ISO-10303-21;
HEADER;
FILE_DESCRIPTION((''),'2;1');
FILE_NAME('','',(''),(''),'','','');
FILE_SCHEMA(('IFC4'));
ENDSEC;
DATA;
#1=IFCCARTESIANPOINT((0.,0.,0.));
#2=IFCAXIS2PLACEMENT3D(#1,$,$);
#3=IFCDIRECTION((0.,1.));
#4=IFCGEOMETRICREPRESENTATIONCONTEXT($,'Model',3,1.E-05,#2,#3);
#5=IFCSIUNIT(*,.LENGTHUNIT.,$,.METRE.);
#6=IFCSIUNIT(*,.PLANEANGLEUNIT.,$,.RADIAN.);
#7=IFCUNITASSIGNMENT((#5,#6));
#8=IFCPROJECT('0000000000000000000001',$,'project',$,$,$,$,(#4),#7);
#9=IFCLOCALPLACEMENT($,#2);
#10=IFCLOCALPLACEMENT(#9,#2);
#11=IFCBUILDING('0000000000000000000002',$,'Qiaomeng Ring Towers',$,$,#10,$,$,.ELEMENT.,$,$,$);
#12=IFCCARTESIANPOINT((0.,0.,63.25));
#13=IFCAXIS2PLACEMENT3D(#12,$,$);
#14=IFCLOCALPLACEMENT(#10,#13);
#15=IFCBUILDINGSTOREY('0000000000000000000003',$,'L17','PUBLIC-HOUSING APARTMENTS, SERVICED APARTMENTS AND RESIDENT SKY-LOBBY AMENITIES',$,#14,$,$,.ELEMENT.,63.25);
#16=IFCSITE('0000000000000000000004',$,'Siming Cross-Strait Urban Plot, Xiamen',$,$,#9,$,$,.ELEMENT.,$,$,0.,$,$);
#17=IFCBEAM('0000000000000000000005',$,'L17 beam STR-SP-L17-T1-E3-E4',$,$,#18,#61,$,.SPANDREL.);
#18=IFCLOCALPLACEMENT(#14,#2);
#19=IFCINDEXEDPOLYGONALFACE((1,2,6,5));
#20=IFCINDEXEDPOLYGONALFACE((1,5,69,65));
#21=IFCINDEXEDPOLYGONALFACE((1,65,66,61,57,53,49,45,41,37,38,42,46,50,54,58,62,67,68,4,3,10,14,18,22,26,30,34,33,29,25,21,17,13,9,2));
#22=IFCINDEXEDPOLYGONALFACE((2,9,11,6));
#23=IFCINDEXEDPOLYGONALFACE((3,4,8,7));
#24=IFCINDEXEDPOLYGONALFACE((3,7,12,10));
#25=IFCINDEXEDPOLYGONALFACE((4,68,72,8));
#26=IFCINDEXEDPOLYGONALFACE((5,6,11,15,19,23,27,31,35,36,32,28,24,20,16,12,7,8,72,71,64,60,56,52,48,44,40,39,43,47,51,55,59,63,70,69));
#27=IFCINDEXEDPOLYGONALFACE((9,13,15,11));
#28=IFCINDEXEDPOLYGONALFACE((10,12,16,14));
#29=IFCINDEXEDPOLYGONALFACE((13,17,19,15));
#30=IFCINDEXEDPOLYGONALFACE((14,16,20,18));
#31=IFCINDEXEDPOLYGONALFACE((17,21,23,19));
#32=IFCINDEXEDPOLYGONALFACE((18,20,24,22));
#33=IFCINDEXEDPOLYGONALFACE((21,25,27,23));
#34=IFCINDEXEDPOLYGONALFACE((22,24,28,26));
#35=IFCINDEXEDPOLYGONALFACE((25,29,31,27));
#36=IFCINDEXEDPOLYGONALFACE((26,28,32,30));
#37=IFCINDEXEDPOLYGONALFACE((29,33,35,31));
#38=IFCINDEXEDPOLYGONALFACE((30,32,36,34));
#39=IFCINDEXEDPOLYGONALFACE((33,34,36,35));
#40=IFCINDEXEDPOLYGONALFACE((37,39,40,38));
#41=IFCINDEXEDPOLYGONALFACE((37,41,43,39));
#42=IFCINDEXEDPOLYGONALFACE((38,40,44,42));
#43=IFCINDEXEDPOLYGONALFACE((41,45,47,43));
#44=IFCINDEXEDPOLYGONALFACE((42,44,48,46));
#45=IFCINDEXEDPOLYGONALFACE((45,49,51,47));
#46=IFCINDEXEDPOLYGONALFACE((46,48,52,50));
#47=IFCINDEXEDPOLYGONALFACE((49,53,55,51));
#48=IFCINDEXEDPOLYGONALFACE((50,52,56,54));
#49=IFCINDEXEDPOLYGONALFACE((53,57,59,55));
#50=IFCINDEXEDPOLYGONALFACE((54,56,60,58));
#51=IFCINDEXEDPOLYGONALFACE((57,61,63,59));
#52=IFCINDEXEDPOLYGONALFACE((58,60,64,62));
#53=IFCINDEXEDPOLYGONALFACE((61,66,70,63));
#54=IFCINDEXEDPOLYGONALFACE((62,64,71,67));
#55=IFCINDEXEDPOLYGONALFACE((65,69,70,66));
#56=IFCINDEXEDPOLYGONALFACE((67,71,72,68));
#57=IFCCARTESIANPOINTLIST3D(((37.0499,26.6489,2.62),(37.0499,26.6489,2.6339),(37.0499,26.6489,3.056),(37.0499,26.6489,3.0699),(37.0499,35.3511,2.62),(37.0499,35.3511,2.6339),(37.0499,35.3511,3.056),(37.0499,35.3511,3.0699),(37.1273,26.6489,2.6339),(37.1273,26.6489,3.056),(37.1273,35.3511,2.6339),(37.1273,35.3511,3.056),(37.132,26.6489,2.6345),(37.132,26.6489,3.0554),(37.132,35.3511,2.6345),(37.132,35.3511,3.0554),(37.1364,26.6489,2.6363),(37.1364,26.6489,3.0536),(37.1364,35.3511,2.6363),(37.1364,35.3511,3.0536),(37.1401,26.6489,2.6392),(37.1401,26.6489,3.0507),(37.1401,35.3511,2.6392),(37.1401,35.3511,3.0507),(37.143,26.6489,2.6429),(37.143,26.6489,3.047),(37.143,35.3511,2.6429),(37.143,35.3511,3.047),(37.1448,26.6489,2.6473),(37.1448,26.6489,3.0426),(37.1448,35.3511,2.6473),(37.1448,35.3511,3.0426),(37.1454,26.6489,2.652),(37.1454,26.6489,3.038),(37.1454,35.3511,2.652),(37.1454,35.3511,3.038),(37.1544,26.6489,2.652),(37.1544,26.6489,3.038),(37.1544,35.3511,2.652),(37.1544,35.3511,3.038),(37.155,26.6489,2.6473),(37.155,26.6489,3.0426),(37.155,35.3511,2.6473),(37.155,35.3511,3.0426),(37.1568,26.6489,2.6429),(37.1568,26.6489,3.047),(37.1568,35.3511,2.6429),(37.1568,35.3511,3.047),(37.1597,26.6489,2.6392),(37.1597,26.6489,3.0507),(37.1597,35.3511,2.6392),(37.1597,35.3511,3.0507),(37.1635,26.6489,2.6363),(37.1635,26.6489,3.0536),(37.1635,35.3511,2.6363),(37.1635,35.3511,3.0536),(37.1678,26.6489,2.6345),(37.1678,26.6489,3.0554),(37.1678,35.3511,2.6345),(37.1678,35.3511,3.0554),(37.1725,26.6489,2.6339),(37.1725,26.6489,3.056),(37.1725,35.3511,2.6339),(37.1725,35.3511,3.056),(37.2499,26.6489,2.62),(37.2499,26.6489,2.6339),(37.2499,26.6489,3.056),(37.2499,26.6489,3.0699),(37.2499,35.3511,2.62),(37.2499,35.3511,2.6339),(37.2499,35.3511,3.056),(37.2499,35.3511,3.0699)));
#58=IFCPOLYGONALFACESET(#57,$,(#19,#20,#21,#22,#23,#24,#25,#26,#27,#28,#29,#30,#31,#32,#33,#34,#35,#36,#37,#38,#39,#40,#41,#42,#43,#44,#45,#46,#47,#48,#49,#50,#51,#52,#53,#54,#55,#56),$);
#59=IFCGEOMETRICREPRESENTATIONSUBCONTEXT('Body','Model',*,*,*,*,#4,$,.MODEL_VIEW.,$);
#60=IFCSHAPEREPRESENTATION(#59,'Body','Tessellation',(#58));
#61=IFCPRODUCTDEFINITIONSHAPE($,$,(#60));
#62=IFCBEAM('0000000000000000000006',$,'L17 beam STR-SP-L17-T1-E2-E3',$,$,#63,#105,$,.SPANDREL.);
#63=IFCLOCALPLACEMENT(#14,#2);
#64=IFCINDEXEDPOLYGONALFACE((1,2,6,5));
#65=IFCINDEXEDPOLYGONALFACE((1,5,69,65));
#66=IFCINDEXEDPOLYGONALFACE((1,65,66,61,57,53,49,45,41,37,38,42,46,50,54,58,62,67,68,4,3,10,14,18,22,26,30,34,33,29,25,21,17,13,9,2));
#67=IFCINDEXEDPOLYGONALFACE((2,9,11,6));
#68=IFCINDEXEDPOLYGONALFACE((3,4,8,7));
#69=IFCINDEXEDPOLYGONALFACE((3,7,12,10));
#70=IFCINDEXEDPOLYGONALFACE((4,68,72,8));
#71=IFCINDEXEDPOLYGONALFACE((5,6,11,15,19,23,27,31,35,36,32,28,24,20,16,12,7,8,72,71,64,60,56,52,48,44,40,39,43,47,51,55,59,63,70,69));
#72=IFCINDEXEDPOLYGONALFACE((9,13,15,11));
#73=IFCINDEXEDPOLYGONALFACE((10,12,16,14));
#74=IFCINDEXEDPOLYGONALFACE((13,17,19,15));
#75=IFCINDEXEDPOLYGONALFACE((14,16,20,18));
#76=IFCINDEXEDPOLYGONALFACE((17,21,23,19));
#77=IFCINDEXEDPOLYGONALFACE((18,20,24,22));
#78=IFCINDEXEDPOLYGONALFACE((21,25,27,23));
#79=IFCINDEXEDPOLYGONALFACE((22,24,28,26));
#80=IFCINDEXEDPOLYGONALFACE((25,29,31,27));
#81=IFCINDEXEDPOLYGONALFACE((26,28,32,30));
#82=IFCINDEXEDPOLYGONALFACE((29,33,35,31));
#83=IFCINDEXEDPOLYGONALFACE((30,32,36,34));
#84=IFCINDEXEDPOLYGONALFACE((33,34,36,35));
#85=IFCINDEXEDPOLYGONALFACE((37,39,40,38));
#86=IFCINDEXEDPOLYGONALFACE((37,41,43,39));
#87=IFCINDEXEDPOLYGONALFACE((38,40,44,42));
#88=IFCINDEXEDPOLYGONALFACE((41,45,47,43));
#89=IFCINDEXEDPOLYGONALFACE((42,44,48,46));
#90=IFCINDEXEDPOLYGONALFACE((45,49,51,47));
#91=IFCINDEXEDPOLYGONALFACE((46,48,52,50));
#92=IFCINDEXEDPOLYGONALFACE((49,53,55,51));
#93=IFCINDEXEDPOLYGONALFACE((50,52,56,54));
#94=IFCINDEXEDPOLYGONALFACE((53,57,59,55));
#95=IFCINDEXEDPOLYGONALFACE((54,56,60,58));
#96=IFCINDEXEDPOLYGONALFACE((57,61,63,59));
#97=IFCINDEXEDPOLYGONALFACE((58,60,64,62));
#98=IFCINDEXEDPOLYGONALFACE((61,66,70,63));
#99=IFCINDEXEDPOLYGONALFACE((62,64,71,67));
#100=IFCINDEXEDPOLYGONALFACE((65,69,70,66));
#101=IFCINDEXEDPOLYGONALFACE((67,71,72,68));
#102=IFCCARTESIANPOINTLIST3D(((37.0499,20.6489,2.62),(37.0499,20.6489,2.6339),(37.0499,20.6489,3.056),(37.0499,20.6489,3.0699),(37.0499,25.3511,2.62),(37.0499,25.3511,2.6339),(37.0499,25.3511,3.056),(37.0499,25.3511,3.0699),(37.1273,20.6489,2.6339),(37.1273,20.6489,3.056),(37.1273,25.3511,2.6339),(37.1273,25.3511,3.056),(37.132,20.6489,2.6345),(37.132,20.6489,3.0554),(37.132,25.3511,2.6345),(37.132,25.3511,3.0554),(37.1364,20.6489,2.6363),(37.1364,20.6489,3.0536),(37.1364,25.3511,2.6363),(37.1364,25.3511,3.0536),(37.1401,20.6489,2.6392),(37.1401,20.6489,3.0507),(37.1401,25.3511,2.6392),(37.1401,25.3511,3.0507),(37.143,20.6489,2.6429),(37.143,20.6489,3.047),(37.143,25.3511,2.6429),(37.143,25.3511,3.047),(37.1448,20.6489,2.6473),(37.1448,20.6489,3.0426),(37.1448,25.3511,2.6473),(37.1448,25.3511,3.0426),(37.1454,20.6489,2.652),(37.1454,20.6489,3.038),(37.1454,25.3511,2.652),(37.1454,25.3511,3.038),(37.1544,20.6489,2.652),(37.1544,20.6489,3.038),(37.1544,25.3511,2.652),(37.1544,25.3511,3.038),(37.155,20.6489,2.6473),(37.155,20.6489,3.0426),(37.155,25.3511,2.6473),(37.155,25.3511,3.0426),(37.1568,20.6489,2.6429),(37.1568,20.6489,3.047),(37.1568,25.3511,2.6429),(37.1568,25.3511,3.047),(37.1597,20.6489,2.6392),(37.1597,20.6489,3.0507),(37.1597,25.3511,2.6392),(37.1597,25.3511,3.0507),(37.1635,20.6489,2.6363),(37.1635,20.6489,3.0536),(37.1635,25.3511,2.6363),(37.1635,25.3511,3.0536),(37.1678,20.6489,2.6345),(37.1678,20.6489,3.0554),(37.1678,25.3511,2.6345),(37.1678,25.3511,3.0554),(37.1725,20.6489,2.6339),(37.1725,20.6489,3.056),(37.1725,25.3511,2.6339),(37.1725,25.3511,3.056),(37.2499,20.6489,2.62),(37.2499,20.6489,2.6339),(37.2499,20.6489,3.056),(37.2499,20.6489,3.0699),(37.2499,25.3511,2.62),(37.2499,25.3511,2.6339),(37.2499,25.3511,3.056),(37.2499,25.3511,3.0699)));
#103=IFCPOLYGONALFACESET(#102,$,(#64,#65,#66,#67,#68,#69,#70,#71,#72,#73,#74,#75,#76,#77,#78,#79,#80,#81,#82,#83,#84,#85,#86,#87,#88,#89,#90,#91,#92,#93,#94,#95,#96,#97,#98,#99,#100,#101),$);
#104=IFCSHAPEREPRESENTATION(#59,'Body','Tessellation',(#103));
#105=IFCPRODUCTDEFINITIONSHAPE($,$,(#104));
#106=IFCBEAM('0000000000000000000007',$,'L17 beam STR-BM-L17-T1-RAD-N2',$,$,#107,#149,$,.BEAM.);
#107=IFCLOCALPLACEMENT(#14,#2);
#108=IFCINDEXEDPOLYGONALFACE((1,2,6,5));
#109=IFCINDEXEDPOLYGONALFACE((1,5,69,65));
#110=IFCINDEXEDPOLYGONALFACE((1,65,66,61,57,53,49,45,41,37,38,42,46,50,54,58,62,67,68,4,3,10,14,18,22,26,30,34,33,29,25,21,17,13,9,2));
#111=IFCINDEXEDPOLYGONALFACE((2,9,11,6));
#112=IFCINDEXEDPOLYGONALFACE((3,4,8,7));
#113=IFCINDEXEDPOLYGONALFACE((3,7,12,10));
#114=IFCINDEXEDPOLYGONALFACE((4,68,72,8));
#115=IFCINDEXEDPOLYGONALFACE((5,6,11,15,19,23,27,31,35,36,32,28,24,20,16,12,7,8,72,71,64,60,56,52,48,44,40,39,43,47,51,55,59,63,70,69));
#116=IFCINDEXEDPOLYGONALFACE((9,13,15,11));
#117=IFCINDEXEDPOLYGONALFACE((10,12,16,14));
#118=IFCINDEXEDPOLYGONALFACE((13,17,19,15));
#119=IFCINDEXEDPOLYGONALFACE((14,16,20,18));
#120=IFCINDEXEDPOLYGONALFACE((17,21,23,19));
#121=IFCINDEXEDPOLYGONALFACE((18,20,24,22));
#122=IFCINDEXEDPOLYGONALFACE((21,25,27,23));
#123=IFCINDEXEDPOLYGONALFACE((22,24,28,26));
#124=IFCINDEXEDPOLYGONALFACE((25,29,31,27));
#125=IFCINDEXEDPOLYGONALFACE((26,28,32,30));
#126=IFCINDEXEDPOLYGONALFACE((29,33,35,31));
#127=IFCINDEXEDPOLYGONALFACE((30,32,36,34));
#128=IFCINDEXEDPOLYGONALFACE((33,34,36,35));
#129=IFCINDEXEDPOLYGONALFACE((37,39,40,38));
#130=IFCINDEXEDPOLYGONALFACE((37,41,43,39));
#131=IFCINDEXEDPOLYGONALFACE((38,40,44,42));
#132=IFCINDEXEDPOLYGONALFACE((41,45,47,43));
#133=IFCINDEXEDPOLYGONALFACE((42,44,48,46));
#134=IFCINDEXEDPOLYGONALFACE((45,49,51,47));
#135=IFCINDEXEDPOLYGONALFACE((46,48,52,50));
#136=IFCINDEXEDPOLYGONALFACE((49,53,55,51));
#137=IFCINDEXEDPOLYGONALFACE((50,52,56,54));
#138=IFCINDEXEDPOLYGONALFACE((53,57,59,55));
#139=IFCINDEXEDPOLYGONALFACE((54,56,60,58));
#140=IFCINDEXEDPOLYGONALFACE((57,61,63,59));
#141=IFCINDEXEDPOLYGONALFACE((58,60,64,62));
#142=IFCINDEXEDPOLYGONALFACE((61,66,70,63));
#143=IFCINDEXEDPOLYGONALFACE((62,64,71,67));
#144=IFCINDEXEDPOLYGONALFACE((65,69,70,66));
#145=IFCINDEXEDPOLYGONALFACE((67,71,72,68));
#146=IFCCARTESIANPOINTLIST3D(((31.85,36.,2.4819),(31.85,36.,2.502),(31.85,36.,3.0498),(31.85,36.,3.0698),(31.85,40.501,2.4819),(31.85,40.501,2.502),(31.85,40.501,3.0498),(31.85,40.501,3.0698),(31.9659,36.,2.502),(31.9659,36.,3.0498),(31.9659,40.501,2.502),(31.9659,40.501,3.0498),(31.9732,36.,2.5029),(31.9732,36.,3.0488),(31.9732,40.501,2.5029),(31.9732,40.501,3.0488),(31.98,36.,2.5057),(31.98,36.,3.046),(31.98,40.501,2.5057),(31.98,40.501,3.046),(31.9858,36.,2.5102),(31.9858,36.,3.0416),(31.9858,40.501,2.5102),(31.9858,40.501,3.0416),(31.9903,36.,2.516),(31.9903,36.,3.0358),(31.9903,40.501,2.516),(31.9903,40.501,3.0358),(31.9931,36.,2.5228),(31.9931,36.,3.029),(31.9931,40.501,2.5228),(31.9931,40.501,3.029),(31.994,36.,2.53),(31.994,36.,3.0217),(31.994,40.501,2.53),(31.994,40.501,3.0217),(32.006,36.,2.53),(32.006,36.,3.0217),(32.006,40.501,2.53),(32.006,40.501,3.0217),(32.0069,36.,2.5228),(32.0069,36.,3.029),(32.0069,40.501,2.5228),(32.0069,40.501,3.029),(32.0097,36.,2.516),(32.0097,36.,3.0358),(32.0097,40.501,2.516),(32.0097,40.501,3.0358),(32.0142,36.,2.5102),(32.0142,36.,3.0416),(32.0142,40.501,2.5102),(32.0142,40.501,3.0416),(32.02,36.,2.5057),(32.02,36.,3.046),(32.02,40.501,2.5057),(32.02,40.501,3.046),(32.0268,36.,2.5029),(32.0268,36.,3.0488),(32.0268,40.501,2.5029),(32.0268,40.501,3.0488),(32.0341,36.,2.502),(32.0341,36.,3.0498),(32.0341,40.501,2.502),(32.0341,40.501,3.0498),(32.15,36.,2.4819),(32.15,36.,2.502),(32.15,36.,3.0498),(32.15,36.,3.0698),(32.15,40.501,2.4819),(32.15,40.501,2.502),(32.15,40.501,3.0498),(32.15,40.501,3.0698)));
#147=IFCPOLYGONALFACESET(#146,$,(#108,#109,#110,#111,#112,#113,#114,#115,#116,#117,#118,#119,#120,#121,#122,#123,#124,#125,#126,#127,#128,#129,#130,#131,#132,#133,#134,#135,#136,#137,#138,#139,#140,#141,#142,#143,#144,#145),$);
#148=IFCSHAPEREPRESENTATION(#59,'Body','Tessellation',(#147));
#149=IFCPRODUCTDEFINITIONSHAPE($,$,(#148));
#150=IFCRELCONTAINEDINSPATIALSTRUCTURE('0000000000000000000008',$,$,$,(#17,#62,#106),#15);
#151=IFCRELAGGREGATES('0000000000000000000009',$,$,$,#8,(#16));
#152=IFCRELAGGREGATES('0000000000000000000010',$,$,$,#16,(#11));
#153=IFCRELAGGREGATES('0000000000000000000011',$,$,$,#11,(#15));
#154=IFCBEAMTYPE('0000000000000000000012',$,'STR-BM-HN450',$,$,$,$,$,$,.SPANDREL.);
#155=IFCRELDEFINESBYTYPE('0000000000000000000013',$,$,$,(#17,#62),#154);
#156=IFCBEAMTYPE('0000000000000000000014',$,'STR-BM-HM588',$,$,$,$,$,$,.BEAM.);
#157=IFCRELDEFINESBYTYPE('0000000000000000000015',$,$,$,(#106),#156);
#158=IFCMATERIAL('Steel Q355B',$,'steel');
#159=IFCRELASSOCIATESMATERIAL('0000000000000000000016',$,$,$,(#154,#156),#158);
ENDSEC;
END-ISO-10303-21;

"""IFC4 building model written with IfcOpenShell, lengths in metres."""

from ifc_helpers import new_model, si_unit, direction, frame, origin, origin_2d, place, context, subcontext, project, spatial, i_section, extrude, source, transform, mapped, material, material_profile, profile_set, type_object, element, save


model = new_model("IFC4")

# Units and contexts
model_context = context("Model", 3, precision=1e-05, world=origin(), true_north=direction((0.0, 1.0)))
body_context = subcontext(model_context, "Body", "Model", "MODEL_VIEW")
ifc_project = project(units=[si_unit("LENGTHUNIT", "METRE"), si_unit("PLANEANGLEUNIT", "RADIAN")], contexts=[model_context])

# Site, building, storey
site_placement = place(None, origin())
site = spatial("IfcSite", under=ifc_project, at=site_placement, Name="Siming Cross-Strait Urban Plot, Xiamen", CompositionType="ELEMENT", RefElevation=0.0)
building_placement = place(site_placement, origin())
building = spatial("IfcBuilding", under=site, at=building_placement, Name="Qiaomeng Ring Towers", CompositionType="ELEMENT")
storey_placement = place(building_placement, frame((0.0, 0.0, 63.25)))
storey = spatial("IfcBuildingStorey", under=building, at=storey_placement, Name="L17", Description="PUBLIC-HOUSING APARTMENTS, SERVICED APARTMENTS AND RESIDENT SKY-LOBBY AMENITIES", CompositionType="ELEMENT", Elevation=63.25)

# Beams
ifc_material_1 = material(Name="Steel Q355B", Category="steel")
ifc_material_profile_1 = material_profile(ifc_material_1, i_section(OverallWidth=0.2, OverallDepth=0.45, WebThickness=0.009, FlangeThickness=0.0139, FilletRadius=0.0181, at=origin_2d()), Name="HN 450x200x9x14")
ifc_profile_set_1 = profile_set([ifc_material_profile_1], Name="Steel Q355B")
beam_type_1 = type_object("IfcBeamType", Name="STR-BM-HN450", PredefinedType="SPANDREL", material=ifc_profile_set_1)
shared_shape_1 = source(origin(), body_context, "Body", "SweptSolid", [
    extrude(i_section(OverallWidth=0.2, OverallDepth=0.45, WebThickness=0.009, FlangeThickness=0.0139, FilletRadius=0.0181, at=origin_2d()), origin(), (0.0, 0.0, 1.0), 8.7021),
])
beam_1_placement = place(storey_placement, frame((37.1499, 26.6489, 2.845), z_axis=(0.0, 1.0, 0.0), x_axis=(-1.0, 0.0, 0.0)))
element("IfcBeam", 1, at=beam_1_placement, inside=storey, type_object=beam_type_1, Name="L17 beam STR-SP-L17-T1-E3-E4", PredefinedType="SPANDREL", context=body_context, shape_type="MappedRepresentation", body=[
    mapped(shared_shape_1, transform((0.0, 0.0, 0.0), x_axis=(1.0, 0.0, 0.0), y_axis=(0.0, 1.0, 0.0), z_axis=(0.0, 0.0, 1.0), scale=1.0)),
])
shared_shape_2 = source(origin(), body_context, "Body", "SweptSolid", [
    extrude(i_section(OverallWidth=0.2, OverallDepth=0.45, WebThickness=0.009, FlangeThickness=0.0139, FilletRadius=0.0181, at=origin_2d()), origin(), (0.0, 0.0, 1.0), 4.7021),
])
beam_2_placement = place(storey_placement, frame((37.1499, 20.6489, 2.845), z_axis=(0.0, 1.0, 0.0), x_axis=(-1.0, 0.0, 0.0)))
element("IfcBeam", 2, at=beam_2_placement, inside=storey, type_object=beam_type_1, Name="L17 beam STR-SP-L17-T1-E2-E3", PredefinedType="SPANDREL", context=body_context, shape_type="MappedRepresentation", body=[
    mapped(shared_shape_2, transform((0.0, 0.0, 0.0), x_axis=(1.0, 0.0, 0.0), y_axis=(0.0, 1.0, 0.0), z_axis=(0.0, 0.0, 1.0), scale=1.0)),
])
ifc_material_profile_2 = material_profile(ifc_material_1, i_section(OverallWidth=0.3, OverallDepth=0.5879, WebThickness=0.012, FlangeThickness=0.02, FilletRadius=0.0281, at=origin_2d()), Name="HM 588x300x12x20")
ifc_profile_set_2 = profile_set([ifc_material_profile_2], Name="Steel Q355B")
beam_type_2 = type_object("IfcBeamType", Name="STR-BM-HM588", PredefinedType="BEAM", material=ifc_profile_set_2)
shared_shape_3 = source(origin(), body_context, "Body", "SweptSolid", [
    extrude(i_section(OverallWidth=0.3, OverallDepth=0.5879, WebThickness=0.012, FlangeThickness=0.02, FilletRadius=0.0281, at=origin_2d()), origin(), (0.0, 0.0, 1.0), 4.501),
])
beam_3_placement = place(storey_placement, frame((32.0, 40.501, 2.7759), z_axis=(0.0, -1.0, 0.0), x_axis=(1.0, 0.0, 0.0)))
element("IfcBeam", 3, at=beam_3_placement, inside=storey, type_object=beam_type_2, Name="L17 beam STR-BM-L17-T1-RAD-N2", PredefinedType="BEAM", context=body_context, shape_type="MappedRepresentation", body=[
    mapped(shared_shape_3, transform((0.0, 0.0, 0.0), x_axis=(1.0, 0.0, 0.0), y_axis=(0.0, 1.0, 0.0), z_axis=(0.0, 0.0, 1.0), scale=1.0)),
])

save(model, "model.ifc")
